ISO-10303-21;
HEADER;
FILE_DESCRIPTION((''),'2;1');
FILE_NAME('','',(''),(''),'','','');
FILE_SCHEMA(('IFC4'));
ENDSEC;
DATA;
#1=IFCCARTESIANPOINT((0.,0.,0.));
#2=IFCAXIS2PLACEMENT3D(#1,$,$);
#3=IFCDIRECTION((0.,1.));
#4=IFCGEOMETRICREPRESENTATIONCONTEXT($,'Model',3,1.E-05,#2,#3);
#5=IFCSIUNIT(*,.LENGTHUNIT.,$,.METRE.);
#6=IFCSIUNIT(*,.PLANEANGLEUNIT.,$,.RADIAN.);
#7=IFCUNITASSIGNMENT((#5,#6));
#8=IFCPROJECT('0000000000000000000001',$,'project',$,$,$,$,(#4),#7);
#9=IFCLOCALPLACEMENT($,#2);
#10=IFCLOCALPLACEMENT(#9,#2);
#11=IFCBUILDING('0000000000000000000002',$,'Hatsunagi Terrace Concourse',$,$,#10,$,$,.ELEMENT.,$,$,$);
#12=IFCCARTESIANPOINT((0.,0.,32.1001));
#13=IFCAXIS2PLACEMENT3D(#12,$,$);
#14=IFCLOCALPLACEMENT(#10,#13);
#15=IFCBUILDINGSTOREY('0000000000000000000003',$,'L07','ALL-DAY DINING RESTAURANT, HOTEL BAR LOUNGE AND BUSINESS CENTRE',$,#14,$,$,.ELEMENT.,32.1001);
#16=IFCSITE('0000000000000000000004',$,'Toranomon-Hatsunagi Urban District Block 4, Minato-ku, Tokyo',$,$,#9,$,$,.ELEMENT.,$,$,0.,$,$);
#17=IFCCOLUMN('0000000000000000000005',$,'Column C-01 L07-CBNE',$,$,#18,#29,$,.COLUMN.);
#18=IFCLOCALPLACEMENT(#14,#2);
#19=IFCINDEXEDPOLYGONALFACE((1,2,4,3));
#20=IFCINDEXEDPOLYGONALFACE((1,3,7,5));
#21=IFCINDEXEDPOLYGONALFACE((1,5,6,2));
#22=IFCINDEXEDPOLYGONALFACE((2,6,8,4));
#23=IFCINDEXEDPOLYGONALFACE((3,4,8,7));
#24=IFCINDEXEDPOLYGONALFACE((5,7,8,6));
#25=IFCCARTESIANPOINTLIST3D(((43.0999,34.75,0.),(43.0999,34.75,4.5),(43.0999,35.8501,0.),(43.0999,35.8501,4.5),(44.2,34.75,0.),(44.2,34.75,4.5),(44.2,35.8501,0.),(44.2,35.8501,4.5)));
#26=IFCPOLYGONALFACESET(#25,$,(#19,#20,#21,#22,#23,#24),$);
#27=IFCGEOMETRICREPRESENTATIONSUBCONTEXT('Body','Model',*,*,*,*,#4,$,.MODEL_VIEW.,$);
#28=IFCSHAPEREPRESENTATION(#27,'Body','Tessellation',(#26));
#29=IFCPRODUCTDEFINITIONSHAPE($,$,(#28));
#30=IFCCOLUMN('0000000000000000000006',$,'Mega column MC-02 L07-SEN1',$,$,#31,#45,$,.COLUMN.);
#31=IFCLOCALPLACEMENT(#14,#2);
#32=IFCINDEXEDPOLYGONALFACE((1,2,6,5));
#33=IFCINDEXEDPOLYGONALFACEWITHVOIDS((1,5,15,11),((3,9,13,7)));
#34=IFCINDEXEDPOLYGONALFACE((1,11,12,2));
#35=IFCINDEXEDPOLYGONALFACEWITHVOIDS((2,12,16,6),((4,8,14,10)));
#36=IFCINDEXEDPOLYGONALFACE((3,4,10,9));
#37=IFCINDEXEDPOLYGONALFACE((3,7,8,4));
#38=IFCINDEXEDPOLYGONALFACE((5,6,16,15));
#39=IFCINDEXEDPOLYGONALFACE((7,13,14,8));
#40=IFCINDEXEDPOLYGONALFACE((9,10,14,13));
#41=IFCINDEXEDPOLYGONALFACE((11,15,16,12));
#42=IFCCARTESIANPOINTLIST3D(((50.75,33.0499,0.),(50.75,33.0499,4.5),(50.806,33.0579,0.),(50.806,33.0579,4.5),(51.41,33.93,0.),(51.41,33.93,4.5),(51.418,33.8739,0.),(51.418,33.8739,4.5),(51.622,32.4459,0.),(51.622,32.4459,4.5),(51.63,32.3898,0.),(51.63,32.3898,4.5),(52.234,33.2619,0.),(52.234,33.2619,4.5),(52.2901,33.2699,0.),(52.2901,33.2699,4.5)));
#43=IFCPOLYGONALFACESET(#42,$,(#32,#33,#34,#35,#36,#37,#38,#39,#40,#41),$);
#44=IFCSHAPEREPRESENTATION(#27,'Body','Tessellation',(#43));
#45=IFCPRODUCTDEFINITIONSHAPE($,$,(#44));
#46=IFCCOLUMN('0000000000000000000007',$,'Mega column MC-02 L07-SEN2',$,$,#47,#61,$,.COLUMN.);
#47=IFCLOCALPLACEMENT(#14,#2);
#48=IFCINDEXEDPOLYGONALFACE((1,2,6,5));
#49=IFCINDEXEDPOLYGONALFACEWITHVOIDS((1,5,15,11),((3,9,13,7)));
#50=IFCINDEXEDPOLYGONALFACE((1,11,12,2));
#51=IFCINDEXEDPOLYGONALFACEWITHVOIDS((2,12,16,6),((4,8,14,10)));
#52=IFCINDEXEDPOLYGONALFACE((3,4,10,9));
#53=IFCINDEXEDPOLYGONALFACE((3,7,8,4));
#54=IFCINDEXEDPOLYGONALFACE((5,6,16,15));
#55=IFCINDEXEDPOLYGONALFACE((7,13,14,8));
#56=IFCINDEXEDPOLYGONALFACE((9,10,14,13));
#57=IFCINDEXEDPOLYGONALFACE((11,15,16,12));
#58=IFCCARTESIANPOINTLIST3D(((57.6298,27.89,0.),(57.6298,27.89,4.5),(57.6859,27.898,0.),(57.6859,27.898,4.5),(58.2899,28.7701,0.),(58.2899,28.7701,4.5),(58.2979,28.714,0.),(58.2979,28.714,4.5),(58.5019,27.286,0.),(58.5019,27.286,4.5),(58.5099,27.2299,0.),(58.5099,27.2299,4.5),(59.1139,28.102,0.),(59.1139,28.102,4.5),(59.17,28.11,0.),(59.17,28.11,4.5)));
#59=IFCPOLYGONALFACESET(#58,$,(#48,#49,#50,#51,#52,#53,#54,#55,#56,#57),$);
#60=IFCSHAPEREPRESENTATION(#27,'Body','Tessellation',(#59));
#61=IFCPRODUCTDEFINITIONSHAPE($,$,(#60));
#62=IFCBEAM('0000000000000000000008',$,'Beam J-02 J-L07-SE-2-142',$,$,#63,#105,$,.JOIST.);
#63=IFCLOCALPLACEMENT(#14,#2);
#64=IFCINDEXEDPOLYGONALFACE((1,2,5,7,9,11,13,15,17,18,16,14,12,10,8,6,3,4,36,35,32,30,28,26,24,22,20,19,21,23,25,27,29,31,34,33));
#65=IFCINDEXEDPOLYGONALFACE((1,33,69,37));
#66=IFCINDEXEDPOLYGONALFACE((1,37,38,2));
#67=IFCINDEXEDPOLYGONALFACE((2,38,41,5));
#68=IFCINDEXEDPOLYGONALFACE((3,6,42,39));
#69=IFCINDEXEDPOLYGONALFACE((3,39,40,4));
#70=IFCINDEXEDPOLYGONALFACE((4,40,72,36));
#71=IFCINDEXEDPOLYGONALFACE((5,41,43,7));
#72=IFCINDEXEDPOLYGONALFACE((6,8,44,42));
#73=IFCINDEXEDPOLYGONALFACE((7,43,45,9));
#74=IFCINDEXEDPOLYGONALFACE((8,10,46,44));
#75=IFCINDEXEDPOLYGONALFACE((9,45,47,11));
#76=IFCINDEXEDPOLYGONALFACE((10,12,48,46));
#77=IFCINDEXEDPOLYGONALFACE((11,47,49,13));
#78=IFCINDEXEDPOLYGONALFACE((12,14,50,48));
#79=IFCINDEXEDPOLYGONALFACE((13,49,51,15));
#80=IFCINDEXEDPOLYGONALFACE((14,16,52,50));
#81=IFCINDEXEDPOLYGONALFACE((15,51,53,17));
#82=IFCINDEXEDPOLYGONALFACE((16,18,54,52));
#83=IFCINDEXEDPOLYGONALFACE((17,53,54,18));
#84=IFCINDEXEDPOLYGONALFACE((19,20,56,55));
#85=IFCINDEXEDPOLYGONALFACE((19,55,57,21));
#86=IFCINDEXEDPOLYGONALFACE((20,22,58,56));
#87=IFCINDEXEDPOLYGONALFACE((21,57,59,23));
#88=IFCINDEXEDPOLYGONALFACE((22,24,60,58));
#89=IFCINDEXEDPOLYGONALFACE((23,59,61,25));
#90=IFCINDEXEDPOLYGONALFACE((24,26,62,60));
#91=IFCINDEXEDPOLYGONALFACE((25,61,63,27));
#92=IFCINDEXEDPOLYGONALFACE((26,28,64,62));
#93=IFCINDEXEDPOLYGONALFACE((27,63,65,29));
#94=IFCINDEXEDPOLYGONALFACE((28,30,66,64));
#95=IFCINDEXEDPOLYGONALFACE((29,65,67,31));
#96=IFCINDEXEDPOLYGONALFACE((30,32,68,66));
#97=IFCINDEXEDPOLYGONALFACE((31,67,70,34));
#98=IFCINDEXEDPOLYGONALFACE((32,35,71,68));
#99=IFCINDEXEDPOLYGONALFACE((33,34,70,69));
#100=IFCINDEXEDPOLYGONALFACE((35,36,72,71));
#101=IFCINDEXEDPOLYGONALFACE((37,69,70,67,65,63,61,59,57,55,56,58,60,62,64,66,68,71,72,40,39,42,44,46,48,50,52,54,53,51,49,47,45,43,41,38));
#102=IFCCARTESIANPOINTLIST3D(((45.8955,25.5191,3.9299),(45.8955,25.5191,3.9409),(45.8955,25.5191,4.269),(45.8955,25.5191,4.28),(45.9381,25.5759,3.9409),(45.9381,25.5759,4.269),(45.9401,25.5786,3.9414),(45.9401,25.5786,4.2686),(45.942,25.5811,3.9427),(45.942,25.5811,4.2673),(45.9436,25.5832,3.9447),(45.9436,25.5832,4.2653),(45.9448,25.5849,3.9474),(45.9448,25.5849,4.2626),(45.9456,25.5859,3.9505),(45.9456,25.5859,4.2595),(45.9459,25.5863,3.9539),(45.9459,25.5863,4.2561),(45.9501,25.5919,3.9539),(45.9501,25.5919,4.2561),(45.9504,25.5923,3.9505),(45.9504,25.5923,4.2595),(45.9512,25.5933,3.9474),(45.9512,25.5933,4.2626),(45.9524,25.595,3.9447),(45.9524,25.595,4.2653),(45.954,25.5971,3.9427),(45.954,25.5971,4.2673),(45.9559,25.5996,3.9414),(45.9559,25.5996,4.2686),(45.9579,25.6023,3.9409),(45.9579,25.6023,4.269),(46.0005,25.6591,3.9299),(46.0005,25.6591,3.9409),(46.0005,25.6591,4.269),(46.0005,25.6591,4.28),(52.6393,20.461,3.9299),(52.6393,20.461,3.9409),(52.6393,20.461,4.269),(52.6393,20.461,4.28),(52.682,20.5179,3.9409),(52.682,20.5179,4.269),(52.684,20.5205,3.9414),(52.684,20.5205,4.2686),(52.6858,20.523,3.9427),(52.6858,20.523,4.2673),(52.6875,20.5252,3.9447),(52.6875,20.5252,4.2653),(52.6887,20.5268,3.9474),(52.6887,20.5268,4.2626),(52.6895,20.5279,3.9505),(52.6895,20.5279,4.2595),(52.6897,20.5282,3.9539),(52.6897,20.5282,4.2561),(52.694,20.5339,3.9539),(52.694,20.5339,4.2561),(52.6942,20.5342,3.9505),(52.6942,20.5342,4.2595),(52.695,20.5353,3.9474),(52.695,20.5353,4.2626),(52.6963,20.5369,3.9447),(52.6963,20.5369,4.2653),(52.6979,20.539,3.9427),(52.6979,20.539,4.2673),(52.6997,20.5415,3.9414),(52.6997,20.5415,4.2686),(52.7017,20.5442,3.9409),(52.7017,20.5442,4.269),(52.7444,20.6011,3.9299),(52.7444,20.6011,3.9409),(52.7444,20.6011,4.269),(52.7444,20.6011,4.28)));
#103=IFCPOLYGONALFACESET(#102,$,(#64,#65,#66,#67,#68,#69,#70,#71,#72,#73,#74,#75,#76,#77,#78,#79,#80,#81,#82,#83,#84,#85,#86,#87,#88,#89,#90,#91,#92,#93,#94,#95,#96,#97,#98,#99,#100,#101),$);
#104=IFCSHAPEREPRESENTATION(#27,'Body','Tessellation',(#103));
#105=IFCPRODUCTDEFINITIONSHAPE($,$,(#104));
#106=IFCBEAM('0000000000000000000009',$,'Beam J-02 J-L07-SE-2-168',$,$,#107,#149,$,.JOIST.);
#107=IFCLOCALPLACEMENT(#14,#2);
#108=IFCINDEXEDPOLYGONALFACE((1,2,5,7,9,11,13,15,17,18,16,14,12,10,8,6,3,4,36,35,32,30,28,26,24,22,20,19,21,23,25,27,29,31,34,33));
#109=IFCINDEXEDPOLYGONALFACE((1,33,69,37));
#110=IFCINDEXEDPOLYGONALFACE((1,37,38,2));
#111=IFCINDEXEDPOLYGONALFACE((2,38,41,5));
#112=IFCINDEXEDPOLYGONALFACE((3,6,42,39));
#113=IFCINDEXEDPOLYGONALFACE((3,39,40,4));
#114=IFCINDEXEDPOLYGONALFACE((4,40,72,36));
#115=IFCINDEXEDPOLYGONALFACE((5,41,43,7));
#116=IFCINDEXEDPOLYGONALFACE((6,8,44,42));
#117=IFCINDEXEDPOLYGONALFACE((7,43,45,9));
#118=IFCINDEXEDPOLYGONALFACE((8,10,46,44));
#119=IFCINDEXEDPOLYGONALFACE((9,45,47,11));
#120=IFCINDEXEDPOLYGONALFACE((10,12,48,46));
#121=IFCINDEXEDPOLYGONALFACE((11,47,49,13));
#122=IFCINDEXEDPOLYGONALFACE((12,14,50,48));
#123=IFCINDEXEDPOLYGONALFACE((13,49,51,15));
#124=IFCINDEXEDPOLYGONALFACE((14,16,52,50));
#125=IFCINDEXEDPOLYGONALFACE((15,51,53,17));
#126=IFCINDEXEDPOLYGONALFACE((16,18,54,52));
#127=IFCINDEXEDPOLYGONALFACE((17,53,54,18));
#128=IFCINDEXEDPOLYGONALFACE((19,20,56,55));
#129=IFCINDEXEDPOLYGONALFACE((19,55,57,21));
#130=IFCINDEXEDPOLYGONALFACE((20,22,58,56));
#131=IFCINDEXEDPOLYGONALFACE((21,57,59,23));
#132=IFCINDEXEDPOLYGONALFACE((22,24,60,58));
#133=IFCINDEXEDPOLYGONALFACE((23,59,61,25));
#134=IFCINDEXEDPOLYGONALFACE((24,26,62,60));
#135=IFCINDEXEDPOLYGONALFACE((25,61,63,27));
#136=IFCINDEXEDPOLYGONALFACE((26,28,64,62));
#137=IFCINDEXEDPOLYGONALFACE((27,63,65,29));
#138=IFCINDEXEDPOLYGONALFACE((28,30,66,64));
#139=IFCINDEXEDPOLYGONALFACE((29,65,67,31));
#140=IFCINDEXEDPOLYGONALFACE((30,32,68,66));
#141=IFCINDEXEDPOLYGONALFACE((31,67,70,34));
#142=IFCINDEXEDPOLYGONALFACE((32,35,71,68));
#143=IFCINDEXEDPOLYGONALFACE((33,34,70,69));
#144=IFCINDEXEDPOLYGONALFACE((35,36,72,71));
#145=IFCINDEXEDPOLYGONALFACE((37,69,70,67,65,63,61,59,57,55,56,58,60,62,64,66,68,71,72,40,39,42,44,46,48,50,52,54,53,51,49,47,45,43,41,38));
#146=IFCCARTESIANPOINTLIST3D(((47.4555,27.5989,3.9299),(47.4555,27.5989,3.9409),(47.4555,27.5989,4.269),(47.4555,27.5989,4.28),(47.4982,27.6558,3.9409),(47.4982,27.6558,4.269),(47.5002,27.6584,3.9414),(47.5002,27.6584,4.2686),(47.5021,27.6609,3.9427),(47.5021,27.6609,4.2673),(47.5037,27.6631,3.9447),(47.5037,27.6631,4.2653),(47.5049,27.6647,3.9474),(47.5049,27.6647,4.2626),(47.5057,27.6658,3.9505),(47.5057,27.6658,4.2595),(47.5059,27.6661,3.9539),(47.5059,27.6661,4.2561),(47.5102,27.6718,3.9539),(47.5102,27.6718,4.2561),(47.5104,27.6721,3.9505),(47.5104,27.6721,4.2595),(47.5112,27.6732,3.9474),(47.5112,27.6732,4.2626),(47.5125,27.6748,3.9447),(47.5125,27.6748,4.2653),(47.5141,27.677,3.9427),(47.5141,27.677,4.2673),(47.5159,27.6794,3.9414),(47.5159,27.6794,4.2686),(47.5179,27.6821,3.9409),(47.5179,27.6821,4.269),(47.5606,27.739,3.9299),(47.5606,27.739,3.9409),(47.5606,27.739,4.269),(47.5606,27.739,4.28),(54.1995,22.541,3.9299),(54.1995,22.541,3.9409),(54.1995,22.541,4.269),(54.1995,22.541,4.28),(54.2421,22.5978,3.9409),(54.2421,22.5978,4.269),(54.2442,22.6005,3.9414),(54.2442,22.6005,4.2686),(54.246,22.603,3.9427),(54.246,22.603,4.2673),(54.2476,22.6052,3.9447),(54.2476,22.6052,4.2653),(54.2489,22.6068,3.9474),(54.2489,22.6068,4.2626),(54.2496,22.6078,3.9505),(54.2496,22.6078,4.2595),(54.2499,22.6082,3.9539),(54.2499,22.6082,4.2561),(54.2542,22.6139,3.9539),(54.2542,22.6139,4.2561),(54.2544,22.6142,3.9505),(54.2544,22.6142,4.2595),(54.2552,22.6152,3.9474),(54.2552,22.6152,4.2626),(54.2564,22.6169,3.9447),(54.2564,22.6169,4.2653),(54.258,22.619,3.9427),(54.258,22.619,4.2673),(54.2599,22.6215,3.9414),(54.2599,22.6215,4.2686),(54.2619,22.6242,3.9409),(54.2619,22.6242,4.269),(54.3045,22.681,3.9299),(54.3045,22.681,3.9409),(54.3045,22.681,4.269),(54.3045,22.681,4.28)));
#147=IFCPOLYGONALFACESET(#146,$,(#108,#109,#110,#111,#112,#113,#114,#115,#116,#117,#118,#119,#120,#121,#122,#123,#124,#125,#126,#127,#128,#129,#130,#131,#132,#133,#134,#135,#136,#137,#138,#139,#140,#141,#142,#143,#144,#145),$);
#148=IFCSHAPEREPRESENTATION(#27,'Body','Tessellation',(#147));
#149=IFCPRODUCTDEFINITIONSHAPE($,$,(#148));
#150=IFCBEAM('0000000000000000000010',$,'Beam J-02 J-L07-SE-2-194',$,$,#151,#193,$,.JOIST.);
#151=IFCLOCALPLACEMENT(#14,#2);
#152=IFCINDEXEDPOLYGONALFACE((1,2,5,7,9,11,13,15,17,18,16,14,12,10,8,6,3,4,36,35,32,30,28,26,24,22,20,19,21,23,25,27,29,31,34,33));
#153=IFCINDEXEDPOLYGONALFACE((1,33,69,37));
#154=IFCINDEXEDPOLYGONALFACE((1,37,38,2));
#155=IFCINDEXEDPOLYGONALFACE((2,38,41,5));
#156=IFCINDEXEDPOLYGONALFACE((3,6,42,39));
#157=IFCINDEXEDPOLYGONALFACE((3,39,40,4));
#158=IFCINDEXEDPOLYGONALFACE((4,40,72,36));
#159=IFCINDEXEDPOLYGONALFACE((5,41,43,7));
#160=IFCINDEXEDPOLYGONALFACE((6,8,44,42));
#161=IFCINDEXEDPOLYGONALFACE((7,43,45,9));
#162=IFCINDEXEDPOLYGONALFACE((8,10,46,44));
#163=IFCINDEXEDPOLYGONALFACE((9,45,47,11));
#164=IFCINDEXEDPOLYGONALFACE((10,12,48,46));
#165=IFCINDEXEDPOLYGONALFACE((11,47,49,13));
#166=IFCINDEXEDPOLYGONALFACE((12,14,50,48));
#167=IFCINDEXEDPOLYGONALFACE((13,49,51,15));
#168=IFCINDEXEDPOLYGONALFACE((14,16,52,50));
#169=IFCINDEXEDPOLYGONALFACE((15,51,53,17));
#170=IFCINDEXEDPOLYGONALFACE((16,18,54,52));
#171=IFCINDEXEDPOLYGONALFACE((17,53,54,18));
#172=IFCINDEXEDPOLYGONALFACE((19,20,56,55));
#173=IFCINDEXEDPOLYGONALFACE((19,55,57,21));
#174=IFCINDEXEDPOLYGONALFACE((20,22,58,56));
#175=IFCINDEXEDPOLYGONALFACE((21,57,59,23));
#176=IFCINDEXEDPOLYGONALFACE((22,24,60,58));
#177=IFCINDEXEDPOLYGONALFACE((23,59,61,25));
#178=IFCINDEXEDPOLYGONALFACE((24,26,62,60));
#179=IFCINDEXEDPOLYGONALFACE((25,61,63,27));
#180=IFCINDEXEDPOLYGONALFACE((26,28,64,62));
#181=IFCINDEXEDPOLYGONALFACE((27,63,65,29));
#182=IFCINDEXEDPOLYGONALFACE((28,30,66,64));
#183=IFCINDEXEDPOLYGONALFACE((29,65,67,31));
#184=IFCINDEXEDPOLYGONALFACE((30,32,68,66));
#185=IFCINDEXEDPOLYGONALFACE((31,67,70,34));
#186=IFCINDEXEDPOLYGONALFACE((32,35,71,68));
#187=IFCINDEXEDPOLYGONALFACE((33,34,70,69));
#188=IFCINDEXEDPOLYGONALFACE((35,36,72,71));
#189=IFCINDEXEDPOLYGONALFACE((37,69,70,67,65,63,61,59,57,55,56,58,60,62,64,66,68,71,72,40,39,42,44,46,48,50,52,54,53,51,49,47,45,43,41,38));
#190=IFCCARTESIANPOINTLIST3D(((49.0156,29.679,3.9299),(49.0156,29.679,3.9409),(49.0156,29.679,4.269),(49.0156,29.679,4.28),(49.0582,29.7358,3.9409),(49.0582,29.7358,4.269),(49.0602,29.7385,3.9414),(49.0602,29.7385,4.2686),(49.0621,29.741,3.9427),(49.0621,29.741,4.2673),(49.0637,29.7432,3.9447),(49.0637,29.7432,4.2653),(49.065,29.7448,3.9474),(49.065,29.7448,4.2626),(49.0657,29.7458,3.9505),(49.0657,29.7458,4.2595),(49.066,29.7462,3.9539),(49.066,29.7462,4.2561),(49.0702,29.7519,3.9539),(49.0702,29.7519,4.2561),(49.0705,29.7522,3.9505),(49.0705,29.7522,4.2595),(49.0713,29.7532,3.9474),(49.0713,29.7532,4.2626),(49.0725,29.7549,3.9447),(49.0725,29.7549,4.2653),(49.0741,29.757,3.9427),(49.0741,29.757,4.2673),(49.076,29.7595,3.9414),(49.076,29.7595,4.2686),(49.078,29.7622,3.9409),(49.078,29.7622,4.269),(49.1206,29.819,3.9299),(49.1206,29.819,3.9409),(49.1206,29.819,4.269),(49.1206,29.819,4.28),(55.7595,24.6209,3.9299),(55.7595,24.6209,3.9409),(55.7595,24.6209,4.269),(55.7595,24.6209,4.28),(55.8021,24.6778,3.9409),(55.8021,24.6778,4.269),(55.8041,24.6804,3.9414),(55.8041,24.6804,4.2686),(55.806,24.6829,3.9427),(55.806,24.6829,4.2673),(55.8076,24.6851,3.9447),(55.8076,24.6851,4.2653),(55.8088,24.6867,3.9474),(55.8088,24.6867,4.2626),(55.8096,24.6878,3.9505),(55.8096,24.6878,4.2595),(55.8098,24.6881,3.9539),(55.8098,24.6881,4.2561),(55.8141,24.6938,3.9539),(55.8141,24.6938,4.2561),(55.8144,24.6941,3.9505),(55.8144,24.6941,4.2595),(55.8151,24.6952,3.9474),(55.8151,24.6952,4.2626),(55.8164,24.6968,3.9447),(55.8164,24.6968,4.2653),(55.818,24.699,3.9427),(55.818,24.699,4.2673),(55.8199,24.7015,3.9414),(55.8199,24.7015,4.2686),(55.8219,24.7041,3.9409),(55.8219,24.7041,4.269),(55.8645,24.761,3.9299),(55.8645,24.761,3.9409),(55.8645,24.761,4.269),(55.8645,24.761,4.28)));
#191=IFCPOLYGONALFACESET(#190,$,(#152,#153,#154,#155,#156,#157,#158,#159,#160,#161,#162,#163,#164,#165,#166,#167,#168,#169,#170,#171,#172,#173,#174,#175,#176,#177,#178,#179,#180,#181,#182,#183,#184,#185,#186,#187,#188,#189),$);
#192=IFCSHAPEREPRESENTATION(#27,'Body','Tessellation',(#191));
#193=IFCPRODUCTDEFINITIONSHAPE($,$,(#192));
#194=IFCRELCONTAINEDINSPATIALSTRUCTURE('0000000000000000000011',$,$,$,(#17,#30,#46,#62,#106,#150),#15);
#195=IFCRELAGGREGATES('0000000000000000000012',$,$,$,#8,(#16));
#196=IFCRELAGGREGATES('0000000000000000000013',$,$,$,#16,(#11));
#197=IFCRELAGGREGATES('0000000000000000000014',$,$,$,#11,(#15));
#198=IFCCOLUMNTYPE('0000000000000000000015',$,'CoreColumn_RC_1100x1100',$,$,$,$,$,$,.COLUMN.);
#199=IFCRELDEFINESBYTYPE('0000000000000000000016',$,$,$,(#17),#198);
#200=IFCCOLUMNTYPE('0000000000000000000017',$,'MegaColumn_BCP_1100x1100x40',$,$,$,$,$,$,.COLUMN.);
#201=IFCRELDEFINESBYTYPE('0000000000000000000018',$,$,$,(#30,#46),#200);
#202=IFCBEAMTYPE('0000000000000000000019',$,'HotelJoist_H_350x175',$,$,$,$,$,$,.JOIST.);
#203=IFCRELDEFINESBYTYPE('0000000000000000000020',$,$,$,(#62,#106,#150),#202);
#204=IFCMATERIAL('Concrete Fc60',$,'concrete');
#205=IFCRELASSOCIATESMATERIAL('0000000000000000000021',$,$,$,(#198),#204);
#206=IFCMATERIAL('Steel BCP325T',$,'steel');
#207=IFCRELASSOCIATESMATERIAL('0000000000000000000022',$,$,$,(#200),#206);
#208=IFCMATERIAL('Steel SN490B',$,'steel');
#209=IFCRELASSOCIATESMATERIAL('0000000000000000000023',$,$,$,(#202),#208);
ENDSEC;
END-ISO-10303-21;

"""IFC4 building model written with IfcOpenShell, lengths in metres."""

from ifc_helpers import new_model, si_unit, direction, frame, origin, origin_2d, place, context, subcontext, project, spatial, rectangle, hollow_rectangle, i_section, extrude, material, material_profile, profile_set, type_object, element, save


model = new_model("IFC4")

# Units and contexts
model_context = context("Model", 3, precision=1e-05, world=origin(), true_north=direction((0.0, 1.0)))
body_context = subcontext(model_context, "Body", "Model", "MODEL_VIEW")
ifc_project = project(units=[si_unit("LENGTHUNIT", "METRE"), si_unit("PLANEANGLEUNIT", "RADIAN")], contexts=[model_context])

# Site, building, storey
site_placement = place(None, origin())
site = spatial("IfcSite", under=ifc_project, at=site_placement, Name="Toranomon-Hatsunagi Urban District Block 4, Minato-ku, Tokyo", CompositionType="ELEMENT", RefElevation=0.0)
building_placement = place(site_placement, origin())
building = spatial("IfcBuilding", under=site, at=building_placement, Name="Hatsunagi Terrace Concourse", CompositionType="ELEMENT")
storey_placement = place(building_placement, frame((0.0, 0.0, 32.1001)))
storey = spatial("IfcBuildingStorey", under=building, at=storey_placement, Name="L07", Description="ALL-DAY DINING RESTAURANT, HOTEL BAR LOUNGE AND BUSINESS CENTRE", CompositionType="ELEMENT", Elevation=32.1001)

# Columns
ifc_material_1 = material(Name="Concrete Fc60", Category="concrete")
ifc_material_profile_1 = material_profile(ifc_material_1, rectangle(XDim=1.1001, YDim=1.1001, at=origin_2d()), Name="RC-1100x1100")
ifc_profile_set_1 = profile_set([ifc_material_profile_1], Name="Concrete Fc60")
column_type_1 = type_object("IfcColumnType", Name="CoreColumn_RC_1100x1100", PredefinedType="COLUMN", material=ifc_profile_set_1)
column_placement = place(storey_placement, frame((43.6499, 35.3, 0.0), z_axis=(0.0, 0.0, 1.0), x_axis=(1.0, 0.0, 0.0)))
element("IfcColumn", 1, at=column_placement, inside=storey, type_object=column_type_1, Name="Column C-01 L07-CBNE", PredefinedType="COLUMN", context=body_context, shape_type="SweptSolid", body=[
    extrude(rectangle(XDim=1.1001, YDim=1.1001, at=origin_2d()), origin(), (0.0, 0.0, 1.0), 4.5),
])
ifc_material_2 = material(Name="Steel BCP325T", Category="steel")
ifc_material_profile_2 = material_profile(ifc_material_2, hollow_rectangle(XDim=1.1001, YDim=1.1001, WallThickness=0.04, at=origin_2d()), Name="BCP-1100x1100x40")
ifc_profile_set_2 = profile_set([ifc_material_profile_2], Name="Steel BCP325T")
column_type_2 = type_object("IfcColumnType", Name="MegaColumn_BCP_1100x1100x40", PredefinedType="COLUMN", material=ifc_profile_set_2)
for number, where, z_axis, x_axis, name in (
    (2, (51.52, 33.1599, 0.0), (0.0, 0.0, 1.0), (0.8, -0.6, 0.0), "Mega column MC-02 L07-SEN1"),
    (3, (58.3999, 28.0, 0.0), (0.0, 0.0, 1.0), (0.8, -0.6, 0.0), "Mega column MC-02 L07-SEN2"),
):
    element("IfcColumn", number, at=place(storey_placement, frame(where, z_axis=z_axis, x_axis=x_axis)), inside=storey, type_object=column_type_2, Name=name, PredefinedType="COLUMN", context=body_context, shape_type="SweptSolid", body=[
        extrude(hollow_rectangle(XDim=1.1001, YDim=1.1001, WallThickness=0.04, at=origin_2d()), origin(), (0.0, 0.0, 1.0), 4.5),
    ])

# Beams
ifc_material_3 = material(Name="Steel SN490B", Category="steel")
ifc_material_profile_3 = material_profile(ifc_material_3, i_section(OverallWidth=0.175, OverallDepth=0.3501, WebThickness=0.0071, FlangeThickness=0.011, FilletRadius=0.0129, at=origin_2d()), Name="H-350x175x7x11")
ifc_profile_set_3 = profile_set([ifc_material_profile_3], Name="Steel SN490B")
beam_type_1 = type_object("IfcBeamType", Name="HotelJoist_H_350x175", PredefinedType="JOIST", material=ifc_profile_set_3)
for number, where, z_axis, x_axis, name in (
    (4, (45.948, 25.5891, 4.105), (0.79999, -0.600014, 0.0), (0.600014, 0.79999, 0.0), "Beam J-02 J-L07-SE-2-142"),
    (5, (47.5081, 27.6689, 4.105), (0.800003, -0.599995, 0.0), (0.599995, 0.800003, 0.0), "Beam J-02 J-L07-SE-2-168"),
    (6, (49.0681, 29.749, 4.105), (0.79999, -0.600014, 0.0), (0.600014, 0.79999, 0.0), "Beam J-02 J-L07-SE-2-194"),
):
    element("IfcBeam", number, at=place(storey_placement, frame(where, z_axis=z_axis, x_axis=x_axis)), inside=storey, type_object=beam_type_1, Name=name, PredefinedType="JOIST", context=body_context, shape_type="SweptSolid", body=[
        extrude(i_section(OverallWidth=0.175, OverallDepth=0.3501, WebThickness=0.0071, FlangeThickness=0.011, FilletRadius=0.0129, at=origin_2d()), origin(), (0.0, 0.0, 1.0), 8.4299),
    ])

save(model, "model.ifc")
